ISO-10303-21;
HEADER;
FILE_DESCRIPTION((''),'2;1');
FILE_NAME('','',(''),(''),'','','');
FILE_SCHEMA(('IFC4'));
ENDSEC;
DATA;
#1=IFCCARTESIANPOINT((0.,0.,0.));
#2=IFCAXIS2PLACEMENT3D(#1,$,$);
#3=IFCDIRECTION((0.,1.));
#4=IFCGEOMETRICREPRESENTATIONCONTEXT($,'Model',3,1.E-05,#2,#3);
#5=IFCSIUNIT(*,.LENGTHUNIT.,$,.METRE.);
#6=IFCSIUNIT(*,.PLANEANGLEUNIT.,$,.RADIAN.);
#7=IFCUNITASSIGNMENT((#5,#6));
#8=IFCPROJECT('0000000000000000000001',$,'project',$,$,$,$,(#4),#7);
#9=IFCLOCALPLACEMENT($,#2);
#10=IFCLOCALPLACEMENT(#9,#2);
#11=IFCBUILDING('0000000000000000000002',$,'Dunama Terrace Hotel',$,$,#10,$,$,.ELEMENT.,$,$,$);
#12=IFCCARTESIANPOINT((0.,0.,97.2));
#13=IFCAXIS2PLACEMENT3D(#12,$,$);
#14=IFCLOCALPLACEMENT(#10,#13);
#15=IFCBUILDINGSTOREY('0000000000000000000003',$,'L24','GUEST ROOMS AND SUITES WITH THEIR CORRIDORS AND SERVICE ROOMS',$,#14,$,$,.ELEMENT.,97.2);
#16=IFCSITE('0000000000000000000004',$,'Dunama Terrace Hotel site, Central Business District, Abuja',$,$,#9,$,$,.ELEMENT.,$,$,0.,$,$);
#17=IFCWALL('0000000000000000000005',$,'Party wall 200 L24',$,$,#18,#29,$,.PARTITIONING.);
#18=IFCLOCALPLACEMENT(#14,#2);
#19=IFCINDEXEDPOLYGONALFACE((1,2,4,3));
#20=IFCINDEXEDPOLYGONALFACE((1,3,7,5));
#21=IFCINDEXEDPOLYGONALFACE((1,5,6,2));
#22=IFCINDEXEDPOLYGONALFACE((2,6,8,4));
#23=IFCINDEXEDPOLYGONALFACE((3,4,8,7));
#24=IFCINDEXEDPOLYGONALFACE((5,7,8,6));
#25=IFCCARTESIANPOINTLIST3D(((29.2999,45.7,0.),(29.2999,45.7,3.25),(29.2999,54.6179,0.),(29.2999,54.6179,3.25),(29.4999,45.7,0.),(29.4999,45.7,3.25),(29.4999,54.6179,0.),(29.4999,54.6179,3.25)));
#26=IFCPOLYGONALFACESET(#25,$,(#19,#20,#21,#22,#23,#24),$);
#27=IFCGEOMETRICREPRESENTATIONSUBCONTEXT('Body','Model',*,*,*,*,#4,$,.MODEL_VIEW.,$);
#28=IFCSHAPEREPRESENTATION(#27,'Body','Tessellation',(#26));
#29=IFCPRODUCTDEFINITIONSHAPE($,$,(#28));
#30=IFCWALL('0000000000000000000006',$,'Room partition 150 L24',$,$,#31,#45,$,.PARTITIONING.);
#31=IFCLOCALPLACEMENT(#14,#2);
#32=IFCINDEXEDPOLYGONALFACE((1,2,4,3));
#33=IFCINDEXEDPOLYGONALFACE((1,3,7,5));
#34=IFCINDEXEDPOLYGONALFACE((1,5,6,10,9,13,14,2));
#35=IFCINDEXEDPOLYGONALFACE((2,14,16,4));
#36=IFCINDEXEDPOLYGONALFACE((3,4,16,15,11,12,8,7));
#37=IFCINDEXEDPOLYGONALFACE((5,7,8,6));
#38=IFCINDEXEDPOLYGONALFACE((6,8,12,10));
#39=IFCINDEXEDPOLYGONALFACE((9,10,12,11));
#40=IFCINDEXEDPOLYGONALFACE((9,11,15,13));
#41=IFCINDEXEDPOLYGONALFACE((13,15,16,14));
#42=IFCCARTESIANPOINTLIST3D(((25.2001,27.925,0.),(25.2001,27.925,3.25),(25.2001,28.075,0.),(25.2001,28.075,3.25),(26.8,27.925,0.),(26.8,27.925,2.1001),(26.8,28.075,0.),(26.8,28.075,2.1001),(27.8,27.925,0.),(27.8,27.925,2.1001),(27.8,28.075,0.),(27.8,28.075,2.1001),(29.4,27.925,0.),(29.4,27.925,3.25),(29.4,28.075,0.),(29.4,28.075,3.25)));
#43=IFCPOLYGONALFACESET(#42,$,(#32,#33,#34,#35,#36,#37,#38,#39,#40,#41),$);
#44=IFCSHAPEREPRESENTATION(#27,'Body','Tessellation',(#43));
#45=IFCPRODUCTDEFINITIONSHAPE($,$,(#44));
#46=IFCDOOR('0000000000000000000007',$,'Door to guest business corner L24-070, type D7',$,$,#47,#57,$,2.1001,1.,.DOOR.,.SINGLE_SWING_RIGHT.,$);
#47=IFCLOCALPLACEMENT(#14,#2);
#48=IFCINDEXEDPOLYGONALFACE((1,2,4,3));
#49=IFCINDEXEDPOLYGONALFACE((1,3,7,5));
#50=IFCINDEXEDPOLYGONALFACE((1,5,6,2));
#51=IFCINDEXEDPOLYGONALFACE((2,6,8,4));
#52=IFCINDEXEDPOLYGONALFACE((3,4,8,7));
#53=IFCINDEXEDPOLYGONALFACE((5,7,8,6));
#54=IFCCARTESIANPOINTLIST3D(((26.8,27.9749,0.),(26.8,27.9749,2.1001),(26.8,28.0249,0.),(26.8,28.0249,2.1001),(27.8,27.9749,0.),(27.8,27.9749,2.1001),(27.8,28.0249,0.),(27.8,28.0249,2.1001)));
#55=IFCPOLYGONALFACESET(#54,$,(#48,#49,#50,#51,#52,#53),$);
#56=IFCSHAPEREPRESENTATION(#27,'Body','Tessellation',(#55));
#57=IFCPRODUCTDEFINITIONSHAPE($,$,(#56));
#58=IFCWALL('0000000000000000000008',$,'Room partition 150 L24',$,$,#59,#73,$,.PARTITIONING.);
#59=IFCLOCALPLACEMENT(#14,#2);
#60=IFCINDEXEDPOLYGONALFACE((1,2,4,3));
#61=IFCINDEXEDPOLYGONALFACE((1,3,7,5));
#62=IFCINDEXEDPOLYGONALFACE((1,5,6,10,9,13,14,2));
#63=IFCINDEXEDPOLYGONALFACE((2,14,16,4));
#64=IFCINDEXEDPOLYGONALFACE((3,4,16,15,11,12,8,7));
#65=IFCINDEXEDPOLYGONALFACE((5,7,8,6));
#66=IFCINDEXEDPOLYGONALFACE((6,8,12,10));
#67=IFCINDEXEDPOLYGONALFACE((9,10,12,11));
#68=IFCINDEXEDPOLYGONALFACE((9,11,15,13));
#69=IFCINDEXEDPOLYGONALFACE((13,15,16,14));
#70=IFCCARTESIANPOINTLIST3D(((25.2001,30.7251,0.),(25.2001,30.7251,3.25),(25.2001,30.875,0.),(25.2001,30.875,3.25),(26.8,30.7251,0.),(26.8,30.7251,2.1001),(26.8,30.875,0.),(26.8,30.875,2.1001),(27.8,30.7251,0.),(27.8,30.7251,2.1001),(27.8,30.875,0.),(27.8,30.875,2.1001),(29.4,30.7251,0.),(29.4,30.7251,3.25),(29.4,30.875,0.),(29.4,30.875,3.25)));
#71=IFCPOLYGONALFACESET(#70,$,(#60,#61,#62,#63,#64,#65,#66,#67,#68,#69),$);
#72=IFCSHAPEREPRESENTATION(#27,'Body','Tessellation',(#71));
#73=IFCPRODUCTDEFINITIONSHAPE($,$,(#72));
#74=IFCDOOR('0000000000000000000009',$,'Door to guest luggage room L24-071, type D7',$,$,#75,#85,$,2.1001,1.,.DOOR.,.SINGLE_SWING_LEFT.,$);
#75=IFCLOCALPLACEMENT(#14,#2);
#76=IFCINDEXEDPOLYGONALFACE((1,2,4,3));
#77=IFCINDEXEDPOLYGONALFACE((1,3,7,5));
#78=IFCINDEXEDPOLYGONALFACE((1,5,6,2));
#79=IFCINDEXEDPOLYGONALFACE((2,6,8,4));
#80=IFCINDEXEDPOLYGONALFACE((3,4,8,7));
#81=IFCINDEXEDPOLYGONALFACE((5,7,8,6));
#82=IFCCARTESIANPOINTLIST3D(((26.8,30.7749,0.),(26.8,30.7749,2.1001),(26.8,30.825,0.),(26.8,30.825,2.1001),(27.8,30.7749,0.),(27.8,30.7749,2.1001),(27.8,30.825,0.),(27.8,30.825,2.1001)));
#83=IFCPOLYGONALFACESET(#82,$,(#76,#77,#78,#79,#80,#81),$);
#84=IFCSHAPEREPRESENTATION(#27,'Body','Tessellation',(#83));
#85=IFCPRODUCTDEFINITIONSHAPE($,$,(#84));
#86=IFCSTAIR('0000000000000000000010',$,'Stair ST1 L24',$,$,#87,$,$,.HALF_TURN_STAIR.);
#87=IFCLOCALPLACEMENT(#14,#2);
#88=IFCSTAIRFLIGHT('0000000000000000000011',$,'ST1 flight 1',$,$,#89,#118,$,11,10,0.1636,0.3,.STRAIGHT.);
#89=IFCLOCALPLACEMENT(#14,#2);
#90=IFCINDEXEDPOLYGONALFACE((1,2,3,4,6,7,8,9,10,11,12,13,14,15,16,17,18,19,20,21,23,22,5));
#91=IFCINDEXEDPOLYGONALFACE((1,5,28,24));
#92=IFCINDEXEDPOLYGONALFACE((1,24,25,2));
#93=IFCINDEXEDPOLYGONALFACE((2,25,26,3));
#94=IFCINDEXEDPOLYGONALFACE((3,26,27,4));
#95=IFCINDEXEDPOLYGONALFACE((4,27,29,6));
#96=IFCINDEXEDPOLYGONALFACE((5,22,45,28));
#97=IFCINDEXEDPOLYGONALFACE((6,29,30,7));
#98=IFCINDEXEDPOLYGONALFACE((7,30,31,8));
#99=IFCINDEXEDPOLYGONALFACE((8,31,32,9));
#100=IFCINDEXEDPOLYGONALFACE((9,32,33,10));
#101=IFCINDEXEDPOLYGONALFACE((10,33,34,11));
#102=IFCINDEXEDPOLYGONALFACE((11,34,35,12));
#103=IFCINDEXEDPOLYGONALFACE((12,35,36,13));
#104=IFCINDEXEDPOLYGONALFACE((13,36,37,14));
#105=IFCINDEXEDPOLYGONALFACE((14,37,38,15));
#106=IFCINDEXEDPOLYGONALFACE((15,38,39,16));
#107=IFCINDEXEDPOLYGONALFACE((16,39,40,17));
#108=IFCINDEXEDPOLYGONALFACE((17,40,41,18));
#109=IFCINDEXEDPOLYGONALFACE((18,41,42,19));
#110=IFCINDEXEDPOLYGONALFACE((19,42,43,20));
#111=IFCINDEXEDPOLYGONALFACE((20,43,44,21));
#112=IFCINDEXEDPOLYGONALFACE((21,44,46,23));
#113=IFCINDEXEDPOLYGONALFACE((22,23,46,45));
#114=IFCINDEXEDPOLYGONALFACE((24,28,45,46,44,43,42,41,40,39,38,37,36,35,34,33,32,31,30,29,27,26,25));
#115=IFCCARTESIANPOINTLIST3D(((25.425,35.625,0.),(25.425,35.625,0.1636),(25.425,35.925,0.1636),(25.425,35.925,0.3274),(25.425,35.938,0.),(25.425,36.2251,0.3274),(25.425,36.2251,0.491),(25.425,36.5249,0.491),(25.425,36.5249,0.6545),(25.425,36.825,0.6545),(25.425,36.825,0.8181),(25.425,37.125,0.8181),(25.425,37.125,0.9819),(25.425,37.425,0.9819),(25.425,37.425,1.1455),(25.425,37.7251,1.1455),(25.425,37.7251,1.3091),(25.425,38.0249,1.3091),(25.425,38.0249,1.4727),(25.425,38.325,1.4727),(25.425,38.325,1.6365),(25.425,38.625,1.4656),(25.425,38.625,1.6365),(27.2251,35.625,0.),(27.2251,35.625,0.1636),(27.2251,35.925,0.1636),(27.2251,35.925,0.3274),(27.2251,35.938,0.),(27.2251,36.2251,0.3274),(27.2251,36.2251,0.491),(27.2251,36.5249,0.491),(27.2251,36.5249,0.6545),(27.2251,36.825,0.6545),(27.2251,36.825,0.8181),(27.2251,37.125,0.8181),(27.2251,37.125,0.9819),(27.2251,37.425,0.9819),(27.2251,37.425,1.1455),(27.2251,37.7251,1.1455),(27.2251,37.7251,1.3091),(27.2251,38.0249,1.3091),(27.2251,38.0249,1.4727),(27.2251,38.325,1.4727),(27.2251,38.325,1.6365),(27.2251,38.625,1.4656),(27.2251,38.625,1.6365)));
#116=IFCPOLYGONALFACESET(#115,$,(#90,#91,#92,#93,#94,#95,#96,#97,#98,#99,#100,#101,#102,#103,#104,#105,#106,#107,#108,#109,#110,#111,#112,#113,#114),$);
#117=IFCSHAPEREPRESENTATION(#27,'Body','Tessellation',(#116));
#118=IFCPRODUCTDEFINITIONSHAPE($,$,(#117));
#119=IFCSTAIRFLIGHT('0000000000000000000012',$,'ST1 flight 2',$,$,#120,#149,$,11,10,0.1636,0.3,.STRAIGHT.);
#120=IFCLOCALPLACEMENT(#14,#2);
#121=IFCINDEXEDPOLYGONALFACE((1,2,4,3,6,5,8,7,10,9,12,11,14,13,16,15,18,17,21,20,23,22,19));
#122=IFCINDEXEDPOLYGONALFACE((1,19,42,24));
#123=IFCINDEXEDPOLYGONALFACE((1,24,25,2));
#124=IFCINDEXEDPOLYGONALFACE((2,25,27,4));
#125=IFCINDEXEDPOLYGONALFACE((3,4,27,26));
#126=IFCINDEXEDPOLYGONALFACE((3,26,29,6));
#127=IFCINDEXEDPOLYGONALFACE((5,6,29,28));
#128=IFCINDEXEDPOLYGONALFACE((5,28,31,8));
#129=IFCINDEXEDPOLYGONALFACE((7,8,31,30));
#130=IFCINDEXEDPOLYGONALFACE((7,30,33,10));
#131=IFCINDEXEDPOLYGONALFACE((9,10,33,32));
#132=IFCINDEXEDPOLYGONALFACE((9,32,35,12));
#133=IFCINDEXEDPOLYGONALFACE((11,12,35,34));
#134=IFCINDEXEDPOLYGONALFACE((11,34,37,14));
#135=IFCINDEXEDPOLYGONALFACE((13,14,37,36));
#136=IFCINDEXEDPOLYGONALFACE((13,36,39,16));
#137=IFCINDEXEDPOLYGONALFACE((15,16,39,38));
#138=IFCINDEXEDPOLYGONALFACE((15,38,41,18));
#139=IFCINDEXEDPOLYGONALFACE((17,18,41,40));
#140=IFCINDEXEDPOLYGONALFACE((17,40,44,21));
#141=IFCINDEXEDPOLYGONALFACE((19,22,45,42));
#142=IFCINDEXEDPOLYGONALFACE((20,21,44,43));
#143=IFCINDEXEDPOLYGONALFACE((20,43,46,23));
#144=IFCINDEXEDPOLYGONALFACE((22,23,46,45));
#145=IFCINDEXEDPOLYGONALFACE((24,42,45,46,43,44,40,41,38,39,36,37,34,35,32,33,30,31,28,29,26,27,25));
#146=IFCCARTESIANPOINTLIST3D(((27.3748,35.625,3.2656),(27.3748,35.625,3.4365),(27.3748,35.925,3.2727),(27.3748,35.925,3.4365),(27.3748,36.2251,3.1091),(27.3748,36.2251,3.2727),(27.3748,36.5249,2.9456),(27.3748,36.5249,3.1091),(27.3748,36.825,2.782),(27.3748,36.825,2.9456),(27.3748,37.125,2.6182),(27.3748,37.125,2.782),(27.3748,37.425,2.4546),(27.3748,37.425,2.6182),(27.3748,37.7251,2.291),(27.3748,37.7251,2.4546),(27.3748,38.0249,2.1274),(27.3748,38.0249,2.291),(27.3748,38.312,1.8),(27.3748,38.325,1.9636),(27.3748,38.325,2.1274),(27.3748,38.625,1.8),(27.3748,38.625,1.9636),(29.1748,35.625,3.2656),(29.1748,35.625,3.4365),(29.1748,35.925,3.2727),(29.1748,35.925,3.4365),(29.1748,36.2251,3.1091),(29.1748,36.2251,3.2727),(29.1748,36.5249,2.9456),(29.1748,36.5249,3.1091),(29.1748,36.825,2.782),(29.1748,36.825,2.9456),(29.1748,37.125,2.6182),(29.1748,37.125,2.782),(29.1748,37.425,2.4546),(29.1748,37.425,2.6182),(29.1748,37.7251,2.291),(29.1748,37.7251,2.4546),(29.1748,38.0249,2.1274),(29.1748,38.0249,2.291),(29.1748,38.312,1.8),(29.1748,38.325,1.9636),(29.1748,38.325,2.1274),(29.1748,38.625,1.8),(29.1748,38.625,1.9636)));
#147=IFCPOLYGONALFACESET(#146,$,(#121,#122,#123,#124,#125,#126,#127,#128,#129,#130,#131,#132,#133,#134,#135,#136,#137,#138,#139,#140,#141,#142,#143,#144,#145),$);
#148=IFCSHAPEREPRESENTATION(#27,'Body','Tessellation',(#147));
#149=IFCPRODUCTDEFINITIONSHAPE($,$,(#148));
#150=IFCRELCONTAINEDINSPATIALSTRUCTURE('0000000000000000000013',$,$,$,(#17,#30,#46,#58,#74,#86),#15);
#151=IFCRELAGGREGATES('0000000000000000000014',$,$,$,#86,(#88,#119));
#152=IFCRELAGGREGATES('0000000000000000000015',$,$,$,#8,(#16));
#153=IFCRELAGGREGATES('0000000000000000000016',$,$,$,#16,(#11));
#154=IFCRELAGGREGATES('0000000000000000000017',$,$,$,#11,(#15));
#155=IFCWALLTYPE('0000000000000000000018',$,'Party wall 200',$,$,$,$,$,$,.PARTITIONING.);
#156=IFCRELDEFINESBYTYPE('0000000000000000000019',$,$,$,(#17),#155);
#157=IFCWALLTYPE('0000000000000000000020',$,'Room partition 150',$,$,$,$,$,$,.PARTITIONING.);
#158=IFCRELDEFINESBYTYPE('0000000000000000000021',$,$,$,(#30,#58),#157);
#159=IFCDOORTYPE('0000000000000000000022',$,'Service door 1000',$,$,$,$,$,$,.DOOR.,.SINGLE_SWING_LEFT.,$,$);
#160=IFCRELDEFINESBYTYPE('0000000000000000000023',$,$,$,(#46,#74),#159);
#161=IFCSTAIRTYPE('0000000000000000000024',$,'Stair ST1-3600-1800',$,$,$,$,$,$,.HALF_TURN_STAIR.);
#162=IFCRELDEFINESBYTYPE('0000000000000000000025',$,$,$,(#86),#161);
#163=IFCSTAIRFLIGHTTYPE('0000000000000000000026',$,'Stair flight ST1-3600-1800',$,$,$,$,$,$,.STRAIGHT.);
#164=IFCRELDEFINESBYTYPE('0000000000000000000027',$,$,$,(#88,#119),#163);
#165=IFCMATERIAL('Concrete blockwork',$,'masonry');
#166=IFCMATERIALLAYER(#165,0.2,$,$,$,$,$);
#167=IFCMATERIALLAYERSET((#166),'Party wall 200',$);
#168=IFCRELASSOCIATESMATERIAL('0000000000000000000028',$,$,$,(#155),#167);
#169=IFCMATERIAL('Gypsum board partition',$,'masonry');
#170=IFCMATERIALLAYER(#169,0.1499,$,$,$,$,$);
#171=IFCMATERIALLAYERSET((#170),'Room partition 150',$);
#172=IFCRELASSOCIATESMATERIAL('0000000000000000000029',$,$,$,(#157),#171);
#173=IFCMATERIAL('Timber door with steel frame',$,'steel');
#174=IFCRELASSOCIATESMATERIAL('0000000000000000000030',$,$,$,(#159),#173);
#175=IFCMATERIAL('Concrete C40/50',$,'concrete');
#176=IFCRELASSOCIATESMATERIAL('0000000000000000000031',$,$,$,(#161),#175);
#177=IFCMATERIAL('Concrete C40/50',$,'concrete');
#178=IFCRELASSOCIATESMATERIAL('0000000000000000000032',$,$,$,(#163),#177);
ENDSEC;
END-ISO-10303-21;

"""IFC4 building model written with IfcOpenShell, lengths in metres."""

from ifc_helpers import new_model, si_unit, direction, frame, frame_2d, origin, place, context, subcontext, project, spatial, polyline, rectangle, outline, extrude, material, layer, layer_set, type_object, element, fill, aggregate, save


model = new_model("IFC4")

# Units and contexts
model_context = context("Model", 3, precision=1e-05, world=origin(), true_north=direction((0.0, 1.0)))
body_context = subcontext(model_context, "Body", "Model", "MODEL_VIEW")
ifc_project = project(units=[si_unit("LENGTHUNIT", "METRE"), si_unit("PLANEANGLEUNIT", "RADIAN")], contexts=[model_context])

# Site, building, storey
site_placement = place(None, origin())
site = spatial("IfcSite", under=ifc_project, at=site_placement, Name="Dunama Terrace Hotel site, Central Business District, Abuja", CompositionType="ELEMENT", RefElevation=0.0)
building_placement = place(site_placement, origin())
building = spatial("IfcBuilding", under=site, at=building_placement, Name="Dunama Terrace Hotel", CompositionType="ELEMENT")
storey_placement = place(building_placement, frame((0.0, 0.0, 97.2)))
storey = spatial("IfcBuildingStorey", under=building, at=storey_placement, Name="L24", Description="GUEST ROOMS AND SUITES WITH THEIR CORRIDORS AND SERVICE ROOMS", CompositionType="ELEMENT", Elevation=97.2)

# Wall
ifc_material_1 = material(Name="Concrete blockwork", Category="masonry")
ifc_layer_1 = layer(ifc_material_1, 0.2)
ifc_layer_set_1 = layer_set([ifc_layer_1], Name="Party wall 200")
wall_type_1 = type_object("IfcWallType", Name="Party wall 200", PredefinedType="PARTITIONING", material=ifc_layer_set_1)
wall_1_placement = place(storey_placement, frame((29.3999, 45.7, 0.0), z_axis=(0.0, 0.0, 1.0), x_axis=(0.0, 1.0, 0.0)))
element("IfcWall", 1, at=wall_1_placement, inside=storey, type_object=wall_type_1, Name="Party wall 200 L24", PredefinedType="PARTITIONING", context=body_context, shape_type="SweptSolid", body=[
    extrude(rectangle(XDim=8.918, YDim=0.2, at=frame_2d((4.459, 0.0))), origin(), (0.0, 0.0, 1.0), 3.25),
])

# Walls, openings, doors
ifc_material_2 = material(Name="Gypsum board partition", Category="masonry")
ifc_layer_2 = layer(ifc_material_2, 0.1499)
ifc_layer_set_2 = layer_set([ifc_layer_2], Name="Room partition 150")
wall_type_2 = type_object("IfcWallType", Name="Room partition 150", PredefinedType="PARTITIONING", material=ifc_layer_set_2)
wall_2_placement = place(storey_placement, frame((25.2, 28.0, 0.0), z_axis=(0.0, 0.0, 1.0), x_axis=(1.0, 0.0, 0.0)))
wall_2 = element("IfcWall", 2, at=wall_2_placement, inside=storey, type_object=wall_type_2, Name="Room partition 150 L24", PredefinedType="PARTITIONING", context=body_context, shape_type="SweptSolid", body=[
    extrude(rectangle(XDim=4.2, YDim=0.1499, at=frame_2d((2.1001, 0.0))), origin(), (0.0, 0.0, 1.0), 3.25),
])
opening_1_placement = place(wall_2_placement, frame((1.6001, 0.0, 0.0)))
opening_1 = element("IfcOpeningElement", 3, at=opening_1_placement, cuts=wall_2, PredefinedType="OPENING", context=body_context, shape_type="SweptSolid", body=[
    extrude(rectangle(XDim=1.0, YDim=2.1001, at=frame_2d((0.5, 1.05))), frame((0.0, 0.085, 0.0), z_axis=(0.0, -1.0, 0.0), x_axis=(1.0, 0.0, 0.0)), (0.0, 0.0, 1.0), 0.1699),
])
ifc_material_3 = material(Name="Timber door with steel frame", Category="steel")
door_type_1 = type_object("IfcDoorType", Name="Service door 1000", OperationType="SINGLE_SWING_LEFT", PredefinedType="DOOR", material=ifc_material_3)
door_1_placement = place(opening_1_placement, frame((1.0, 0.0, 0.0), z_axis=(0.0, 0.0, 1.0), x_axis=(-1.0, 0.0, 0.0)))
door_1 = element("IfcDoor", 4, at=door_1_placement, inside=storey, type_object=door_type_1, Name="Door to guest business corner L24-070, type D7", OperationType="SINGLE_SWING_RIGHT", OverallHeight=2.1001, OverallWidth=1.0, PredefinedType="DOOR", context=body_context, shape_type="SweptSolid", body=[
    extrude(rectangle(XDim=1.0, YDim=2.1001, at=frame_2d((0.5, 1.05))), frame((0.0, 0.0251, 0.0), z_axis=(0.0, -1.0, 0.0), x_axis=(1.0, 0.0, 0.0)), (0.0, 0.0, 1.0), 0.05),
])
fill(opening_1, door_1)
wall_3_placement = place(storey_placement, frame((25.2, 30.8, 0.0), z_axis=(0.0, 0.0, 1.0), x_axis=(1.0, 0.0, 0.0)))
wall_3 = element("IfcWall", 5, at=wall_3_placement, inside=storey, type_object=wall_type_2, Name="Room partition 150 L24", PredefinedType="PARTITIONING", context=body_context, shape_type="SweptSolid", body=[
    extrude(rectangle(XDim=4.2, YDim=0.1499, at=frame_2d((2.1001, 0.0))), origin(), (0.0, 0.0, 1.0), 3.25),
])
opening_2_placement = place(wall_3_placement, frame((1.6001, 0.0, 0.0)))
opening_2 = element("IfcOpeningElement", 6, at=opening_2_placement, cuts=wall_3, PredefinedType="OPENING", context=body_context, shape_type="SweptSolid", body=[
    extrude(rectangle(XDim=1.0, YDim=2.1001, at=frame_2d((0.5, 1.05))), frame((0.0, 0.085, 0.0), z_axis=(0.0, -1.0, 0.0), x_axis=(1.0, 0.0, 0.0)), (0.0, 0.0, 1.0), 0.1699),
])
door_2_placement = place(opening_2_placement, origin())
door_2 = element("IfcDoor", 7, at=door_2_placement, inside=storey, type_object=door_type_1, Name="Door to guest luggage room L24-071, type D7", OperationType="SINGLE_SWING_LEFT", OverallHeight=2.1001, OverallWidth=1.0, PredefinedType="DOOR", context=body_context, shape_type="SweptSolid", body=[
    extrude(rectangle(XDim=1.0, YDim=2.1001, at=frame_2d((0.5, 1.05))), frame((0.0, 0.0249, 0.0), z_axis=(0.0, -1.0, 0.0), x_axis=(1.0, 0.0, 0.0)), (0.0, 0.0, 1.0), 0.05),
])
fill(opening_2, door_2)

# Stair, stair flights
ifc_material_4 = material(Name="Concrete C40/50", Category="concrete")
stair_type = type_object("IfcStairType", Name="Stair ST1-3600-1800", PredefinedType="HALF_TURN_STAIR", material=ifc_material_4)
stair_placement = place(storey_placement, origin())
stair = element("IfcStair", 8, at=stair_placement, inside=storey, type_object=stair_type, Name="Stair ST1 L24", PredefinedType="HALF_TURN_STAIR")
ifc_material_5 = material(Name="Concrete C40/50", Category="concrete")
stair_flight_type = type_object("IfcStairFlightType", Name="Stair flight ST1-3600-1800", PredefinedType="STRAIGHT", material=ifc_material_5)
stair_flight_1_placement = place(storey_placement, frame((26.325, 35.625, 0.0), z_axis=(0.0, 0.0, 1.0), x_axis=(0.0, 1.0, 0.0)))
stair_flight_1 = element("IfcStairFlight", 9, at=stair_flight_1_placement, type_object=stair_flight_type, Name="ST1 flight 1", NumberOfRisers=11, NumberOfTreads=10, PredefinedType="STRAIGHT", RiserHeight=0.1636, TreadLength=0.3, context=body_context, shape_type="SweptSolid", body=[
    extrude(outline(polyline([(0.0, 0.0), (0.0, 0.1636), (0.3, 0.1636), (0.3, 0.3274), (0.6001, 0.3274), (0.6001, 0.491), (0.8999, 0.491), (0.8999, 0.6545), (1.2, 0.6545), (1.2, 0.8181), (1.5, 0.8181), (1.5, 0.9819), (1.8, 0.9819), (1.8, 1.1455), (2.1001, 1.1455), (2.1001, 1.3091), (2.3999, 1.3091), (2.3999, 1.4727), (2.7, 1.4727), (2.7, 1.6365), (3.0, 1.6365), (3.0, 1.8), (3.0, 1.4656), (0.313, 0.0), (0.0, 0.0)])), frame((0.0, 0.8999, 0.0), z_axis=(0.0, -1.0, 0.0), x_axis=(1.0, 0.0, 0.0)), (0.0, 0.0, 1.0), 1.8),
])
stair_flight_2_placement = place(storey_placement, frame((28.2749, 38.625, 1.8), z_axis=(0.0, 0.0, 1.0), x_axis=(0.0, -1.0, 0.0)))
stair_flight_2 = element("IfcStairFlight", 10, at=stair_flight_2_placement, type_object=stair_flight_type, Name="ST1 flight 2", NumberOfRisers=11, NumberOfTreads=10, PredefinedType="STRAIGHT", RiserHeight=0.1636, TreadLength=0.3, context=body_context, shape_type="SweptSolid", body=[
    extrude(outline(polyline([(0.0, 0.0), (0.0, 0.1636), (0.3, 0.1636), (0.3, 0.3274), (0.6001, 0.3274), (0.6001, 0.491), (0.8999, 0.491), (0.8999, 0.6545), (1.2, 0.6545), (1.2, 0.8181), (1.5, 0.8181), (1.5, 0.9819), (1.8, 0.9819), (1.8, 1.1455), (2.1001, 1.1455), (2.1001, 1.3091), (2.3999, 1.3091), (2.3999, 1.4727), (2.7, 1.4727), (2.7, 1.6365), (3.0, 1.6365), (3.0, 1.8), (3.0, 1.4656), (0.313, 0.0), (0.0, 0.0)])), frame((0.0, 0.8999, 0.0), z_axis=(0.0, -1.0, 0.0), x_axis=(1.0, 0.0, 0.0)), (0.0, 0.0, 1.0), 1.8),
])
aggregate(stair, [stair_flight_1, stair_flight_2])

save(model, "model.ifc")
